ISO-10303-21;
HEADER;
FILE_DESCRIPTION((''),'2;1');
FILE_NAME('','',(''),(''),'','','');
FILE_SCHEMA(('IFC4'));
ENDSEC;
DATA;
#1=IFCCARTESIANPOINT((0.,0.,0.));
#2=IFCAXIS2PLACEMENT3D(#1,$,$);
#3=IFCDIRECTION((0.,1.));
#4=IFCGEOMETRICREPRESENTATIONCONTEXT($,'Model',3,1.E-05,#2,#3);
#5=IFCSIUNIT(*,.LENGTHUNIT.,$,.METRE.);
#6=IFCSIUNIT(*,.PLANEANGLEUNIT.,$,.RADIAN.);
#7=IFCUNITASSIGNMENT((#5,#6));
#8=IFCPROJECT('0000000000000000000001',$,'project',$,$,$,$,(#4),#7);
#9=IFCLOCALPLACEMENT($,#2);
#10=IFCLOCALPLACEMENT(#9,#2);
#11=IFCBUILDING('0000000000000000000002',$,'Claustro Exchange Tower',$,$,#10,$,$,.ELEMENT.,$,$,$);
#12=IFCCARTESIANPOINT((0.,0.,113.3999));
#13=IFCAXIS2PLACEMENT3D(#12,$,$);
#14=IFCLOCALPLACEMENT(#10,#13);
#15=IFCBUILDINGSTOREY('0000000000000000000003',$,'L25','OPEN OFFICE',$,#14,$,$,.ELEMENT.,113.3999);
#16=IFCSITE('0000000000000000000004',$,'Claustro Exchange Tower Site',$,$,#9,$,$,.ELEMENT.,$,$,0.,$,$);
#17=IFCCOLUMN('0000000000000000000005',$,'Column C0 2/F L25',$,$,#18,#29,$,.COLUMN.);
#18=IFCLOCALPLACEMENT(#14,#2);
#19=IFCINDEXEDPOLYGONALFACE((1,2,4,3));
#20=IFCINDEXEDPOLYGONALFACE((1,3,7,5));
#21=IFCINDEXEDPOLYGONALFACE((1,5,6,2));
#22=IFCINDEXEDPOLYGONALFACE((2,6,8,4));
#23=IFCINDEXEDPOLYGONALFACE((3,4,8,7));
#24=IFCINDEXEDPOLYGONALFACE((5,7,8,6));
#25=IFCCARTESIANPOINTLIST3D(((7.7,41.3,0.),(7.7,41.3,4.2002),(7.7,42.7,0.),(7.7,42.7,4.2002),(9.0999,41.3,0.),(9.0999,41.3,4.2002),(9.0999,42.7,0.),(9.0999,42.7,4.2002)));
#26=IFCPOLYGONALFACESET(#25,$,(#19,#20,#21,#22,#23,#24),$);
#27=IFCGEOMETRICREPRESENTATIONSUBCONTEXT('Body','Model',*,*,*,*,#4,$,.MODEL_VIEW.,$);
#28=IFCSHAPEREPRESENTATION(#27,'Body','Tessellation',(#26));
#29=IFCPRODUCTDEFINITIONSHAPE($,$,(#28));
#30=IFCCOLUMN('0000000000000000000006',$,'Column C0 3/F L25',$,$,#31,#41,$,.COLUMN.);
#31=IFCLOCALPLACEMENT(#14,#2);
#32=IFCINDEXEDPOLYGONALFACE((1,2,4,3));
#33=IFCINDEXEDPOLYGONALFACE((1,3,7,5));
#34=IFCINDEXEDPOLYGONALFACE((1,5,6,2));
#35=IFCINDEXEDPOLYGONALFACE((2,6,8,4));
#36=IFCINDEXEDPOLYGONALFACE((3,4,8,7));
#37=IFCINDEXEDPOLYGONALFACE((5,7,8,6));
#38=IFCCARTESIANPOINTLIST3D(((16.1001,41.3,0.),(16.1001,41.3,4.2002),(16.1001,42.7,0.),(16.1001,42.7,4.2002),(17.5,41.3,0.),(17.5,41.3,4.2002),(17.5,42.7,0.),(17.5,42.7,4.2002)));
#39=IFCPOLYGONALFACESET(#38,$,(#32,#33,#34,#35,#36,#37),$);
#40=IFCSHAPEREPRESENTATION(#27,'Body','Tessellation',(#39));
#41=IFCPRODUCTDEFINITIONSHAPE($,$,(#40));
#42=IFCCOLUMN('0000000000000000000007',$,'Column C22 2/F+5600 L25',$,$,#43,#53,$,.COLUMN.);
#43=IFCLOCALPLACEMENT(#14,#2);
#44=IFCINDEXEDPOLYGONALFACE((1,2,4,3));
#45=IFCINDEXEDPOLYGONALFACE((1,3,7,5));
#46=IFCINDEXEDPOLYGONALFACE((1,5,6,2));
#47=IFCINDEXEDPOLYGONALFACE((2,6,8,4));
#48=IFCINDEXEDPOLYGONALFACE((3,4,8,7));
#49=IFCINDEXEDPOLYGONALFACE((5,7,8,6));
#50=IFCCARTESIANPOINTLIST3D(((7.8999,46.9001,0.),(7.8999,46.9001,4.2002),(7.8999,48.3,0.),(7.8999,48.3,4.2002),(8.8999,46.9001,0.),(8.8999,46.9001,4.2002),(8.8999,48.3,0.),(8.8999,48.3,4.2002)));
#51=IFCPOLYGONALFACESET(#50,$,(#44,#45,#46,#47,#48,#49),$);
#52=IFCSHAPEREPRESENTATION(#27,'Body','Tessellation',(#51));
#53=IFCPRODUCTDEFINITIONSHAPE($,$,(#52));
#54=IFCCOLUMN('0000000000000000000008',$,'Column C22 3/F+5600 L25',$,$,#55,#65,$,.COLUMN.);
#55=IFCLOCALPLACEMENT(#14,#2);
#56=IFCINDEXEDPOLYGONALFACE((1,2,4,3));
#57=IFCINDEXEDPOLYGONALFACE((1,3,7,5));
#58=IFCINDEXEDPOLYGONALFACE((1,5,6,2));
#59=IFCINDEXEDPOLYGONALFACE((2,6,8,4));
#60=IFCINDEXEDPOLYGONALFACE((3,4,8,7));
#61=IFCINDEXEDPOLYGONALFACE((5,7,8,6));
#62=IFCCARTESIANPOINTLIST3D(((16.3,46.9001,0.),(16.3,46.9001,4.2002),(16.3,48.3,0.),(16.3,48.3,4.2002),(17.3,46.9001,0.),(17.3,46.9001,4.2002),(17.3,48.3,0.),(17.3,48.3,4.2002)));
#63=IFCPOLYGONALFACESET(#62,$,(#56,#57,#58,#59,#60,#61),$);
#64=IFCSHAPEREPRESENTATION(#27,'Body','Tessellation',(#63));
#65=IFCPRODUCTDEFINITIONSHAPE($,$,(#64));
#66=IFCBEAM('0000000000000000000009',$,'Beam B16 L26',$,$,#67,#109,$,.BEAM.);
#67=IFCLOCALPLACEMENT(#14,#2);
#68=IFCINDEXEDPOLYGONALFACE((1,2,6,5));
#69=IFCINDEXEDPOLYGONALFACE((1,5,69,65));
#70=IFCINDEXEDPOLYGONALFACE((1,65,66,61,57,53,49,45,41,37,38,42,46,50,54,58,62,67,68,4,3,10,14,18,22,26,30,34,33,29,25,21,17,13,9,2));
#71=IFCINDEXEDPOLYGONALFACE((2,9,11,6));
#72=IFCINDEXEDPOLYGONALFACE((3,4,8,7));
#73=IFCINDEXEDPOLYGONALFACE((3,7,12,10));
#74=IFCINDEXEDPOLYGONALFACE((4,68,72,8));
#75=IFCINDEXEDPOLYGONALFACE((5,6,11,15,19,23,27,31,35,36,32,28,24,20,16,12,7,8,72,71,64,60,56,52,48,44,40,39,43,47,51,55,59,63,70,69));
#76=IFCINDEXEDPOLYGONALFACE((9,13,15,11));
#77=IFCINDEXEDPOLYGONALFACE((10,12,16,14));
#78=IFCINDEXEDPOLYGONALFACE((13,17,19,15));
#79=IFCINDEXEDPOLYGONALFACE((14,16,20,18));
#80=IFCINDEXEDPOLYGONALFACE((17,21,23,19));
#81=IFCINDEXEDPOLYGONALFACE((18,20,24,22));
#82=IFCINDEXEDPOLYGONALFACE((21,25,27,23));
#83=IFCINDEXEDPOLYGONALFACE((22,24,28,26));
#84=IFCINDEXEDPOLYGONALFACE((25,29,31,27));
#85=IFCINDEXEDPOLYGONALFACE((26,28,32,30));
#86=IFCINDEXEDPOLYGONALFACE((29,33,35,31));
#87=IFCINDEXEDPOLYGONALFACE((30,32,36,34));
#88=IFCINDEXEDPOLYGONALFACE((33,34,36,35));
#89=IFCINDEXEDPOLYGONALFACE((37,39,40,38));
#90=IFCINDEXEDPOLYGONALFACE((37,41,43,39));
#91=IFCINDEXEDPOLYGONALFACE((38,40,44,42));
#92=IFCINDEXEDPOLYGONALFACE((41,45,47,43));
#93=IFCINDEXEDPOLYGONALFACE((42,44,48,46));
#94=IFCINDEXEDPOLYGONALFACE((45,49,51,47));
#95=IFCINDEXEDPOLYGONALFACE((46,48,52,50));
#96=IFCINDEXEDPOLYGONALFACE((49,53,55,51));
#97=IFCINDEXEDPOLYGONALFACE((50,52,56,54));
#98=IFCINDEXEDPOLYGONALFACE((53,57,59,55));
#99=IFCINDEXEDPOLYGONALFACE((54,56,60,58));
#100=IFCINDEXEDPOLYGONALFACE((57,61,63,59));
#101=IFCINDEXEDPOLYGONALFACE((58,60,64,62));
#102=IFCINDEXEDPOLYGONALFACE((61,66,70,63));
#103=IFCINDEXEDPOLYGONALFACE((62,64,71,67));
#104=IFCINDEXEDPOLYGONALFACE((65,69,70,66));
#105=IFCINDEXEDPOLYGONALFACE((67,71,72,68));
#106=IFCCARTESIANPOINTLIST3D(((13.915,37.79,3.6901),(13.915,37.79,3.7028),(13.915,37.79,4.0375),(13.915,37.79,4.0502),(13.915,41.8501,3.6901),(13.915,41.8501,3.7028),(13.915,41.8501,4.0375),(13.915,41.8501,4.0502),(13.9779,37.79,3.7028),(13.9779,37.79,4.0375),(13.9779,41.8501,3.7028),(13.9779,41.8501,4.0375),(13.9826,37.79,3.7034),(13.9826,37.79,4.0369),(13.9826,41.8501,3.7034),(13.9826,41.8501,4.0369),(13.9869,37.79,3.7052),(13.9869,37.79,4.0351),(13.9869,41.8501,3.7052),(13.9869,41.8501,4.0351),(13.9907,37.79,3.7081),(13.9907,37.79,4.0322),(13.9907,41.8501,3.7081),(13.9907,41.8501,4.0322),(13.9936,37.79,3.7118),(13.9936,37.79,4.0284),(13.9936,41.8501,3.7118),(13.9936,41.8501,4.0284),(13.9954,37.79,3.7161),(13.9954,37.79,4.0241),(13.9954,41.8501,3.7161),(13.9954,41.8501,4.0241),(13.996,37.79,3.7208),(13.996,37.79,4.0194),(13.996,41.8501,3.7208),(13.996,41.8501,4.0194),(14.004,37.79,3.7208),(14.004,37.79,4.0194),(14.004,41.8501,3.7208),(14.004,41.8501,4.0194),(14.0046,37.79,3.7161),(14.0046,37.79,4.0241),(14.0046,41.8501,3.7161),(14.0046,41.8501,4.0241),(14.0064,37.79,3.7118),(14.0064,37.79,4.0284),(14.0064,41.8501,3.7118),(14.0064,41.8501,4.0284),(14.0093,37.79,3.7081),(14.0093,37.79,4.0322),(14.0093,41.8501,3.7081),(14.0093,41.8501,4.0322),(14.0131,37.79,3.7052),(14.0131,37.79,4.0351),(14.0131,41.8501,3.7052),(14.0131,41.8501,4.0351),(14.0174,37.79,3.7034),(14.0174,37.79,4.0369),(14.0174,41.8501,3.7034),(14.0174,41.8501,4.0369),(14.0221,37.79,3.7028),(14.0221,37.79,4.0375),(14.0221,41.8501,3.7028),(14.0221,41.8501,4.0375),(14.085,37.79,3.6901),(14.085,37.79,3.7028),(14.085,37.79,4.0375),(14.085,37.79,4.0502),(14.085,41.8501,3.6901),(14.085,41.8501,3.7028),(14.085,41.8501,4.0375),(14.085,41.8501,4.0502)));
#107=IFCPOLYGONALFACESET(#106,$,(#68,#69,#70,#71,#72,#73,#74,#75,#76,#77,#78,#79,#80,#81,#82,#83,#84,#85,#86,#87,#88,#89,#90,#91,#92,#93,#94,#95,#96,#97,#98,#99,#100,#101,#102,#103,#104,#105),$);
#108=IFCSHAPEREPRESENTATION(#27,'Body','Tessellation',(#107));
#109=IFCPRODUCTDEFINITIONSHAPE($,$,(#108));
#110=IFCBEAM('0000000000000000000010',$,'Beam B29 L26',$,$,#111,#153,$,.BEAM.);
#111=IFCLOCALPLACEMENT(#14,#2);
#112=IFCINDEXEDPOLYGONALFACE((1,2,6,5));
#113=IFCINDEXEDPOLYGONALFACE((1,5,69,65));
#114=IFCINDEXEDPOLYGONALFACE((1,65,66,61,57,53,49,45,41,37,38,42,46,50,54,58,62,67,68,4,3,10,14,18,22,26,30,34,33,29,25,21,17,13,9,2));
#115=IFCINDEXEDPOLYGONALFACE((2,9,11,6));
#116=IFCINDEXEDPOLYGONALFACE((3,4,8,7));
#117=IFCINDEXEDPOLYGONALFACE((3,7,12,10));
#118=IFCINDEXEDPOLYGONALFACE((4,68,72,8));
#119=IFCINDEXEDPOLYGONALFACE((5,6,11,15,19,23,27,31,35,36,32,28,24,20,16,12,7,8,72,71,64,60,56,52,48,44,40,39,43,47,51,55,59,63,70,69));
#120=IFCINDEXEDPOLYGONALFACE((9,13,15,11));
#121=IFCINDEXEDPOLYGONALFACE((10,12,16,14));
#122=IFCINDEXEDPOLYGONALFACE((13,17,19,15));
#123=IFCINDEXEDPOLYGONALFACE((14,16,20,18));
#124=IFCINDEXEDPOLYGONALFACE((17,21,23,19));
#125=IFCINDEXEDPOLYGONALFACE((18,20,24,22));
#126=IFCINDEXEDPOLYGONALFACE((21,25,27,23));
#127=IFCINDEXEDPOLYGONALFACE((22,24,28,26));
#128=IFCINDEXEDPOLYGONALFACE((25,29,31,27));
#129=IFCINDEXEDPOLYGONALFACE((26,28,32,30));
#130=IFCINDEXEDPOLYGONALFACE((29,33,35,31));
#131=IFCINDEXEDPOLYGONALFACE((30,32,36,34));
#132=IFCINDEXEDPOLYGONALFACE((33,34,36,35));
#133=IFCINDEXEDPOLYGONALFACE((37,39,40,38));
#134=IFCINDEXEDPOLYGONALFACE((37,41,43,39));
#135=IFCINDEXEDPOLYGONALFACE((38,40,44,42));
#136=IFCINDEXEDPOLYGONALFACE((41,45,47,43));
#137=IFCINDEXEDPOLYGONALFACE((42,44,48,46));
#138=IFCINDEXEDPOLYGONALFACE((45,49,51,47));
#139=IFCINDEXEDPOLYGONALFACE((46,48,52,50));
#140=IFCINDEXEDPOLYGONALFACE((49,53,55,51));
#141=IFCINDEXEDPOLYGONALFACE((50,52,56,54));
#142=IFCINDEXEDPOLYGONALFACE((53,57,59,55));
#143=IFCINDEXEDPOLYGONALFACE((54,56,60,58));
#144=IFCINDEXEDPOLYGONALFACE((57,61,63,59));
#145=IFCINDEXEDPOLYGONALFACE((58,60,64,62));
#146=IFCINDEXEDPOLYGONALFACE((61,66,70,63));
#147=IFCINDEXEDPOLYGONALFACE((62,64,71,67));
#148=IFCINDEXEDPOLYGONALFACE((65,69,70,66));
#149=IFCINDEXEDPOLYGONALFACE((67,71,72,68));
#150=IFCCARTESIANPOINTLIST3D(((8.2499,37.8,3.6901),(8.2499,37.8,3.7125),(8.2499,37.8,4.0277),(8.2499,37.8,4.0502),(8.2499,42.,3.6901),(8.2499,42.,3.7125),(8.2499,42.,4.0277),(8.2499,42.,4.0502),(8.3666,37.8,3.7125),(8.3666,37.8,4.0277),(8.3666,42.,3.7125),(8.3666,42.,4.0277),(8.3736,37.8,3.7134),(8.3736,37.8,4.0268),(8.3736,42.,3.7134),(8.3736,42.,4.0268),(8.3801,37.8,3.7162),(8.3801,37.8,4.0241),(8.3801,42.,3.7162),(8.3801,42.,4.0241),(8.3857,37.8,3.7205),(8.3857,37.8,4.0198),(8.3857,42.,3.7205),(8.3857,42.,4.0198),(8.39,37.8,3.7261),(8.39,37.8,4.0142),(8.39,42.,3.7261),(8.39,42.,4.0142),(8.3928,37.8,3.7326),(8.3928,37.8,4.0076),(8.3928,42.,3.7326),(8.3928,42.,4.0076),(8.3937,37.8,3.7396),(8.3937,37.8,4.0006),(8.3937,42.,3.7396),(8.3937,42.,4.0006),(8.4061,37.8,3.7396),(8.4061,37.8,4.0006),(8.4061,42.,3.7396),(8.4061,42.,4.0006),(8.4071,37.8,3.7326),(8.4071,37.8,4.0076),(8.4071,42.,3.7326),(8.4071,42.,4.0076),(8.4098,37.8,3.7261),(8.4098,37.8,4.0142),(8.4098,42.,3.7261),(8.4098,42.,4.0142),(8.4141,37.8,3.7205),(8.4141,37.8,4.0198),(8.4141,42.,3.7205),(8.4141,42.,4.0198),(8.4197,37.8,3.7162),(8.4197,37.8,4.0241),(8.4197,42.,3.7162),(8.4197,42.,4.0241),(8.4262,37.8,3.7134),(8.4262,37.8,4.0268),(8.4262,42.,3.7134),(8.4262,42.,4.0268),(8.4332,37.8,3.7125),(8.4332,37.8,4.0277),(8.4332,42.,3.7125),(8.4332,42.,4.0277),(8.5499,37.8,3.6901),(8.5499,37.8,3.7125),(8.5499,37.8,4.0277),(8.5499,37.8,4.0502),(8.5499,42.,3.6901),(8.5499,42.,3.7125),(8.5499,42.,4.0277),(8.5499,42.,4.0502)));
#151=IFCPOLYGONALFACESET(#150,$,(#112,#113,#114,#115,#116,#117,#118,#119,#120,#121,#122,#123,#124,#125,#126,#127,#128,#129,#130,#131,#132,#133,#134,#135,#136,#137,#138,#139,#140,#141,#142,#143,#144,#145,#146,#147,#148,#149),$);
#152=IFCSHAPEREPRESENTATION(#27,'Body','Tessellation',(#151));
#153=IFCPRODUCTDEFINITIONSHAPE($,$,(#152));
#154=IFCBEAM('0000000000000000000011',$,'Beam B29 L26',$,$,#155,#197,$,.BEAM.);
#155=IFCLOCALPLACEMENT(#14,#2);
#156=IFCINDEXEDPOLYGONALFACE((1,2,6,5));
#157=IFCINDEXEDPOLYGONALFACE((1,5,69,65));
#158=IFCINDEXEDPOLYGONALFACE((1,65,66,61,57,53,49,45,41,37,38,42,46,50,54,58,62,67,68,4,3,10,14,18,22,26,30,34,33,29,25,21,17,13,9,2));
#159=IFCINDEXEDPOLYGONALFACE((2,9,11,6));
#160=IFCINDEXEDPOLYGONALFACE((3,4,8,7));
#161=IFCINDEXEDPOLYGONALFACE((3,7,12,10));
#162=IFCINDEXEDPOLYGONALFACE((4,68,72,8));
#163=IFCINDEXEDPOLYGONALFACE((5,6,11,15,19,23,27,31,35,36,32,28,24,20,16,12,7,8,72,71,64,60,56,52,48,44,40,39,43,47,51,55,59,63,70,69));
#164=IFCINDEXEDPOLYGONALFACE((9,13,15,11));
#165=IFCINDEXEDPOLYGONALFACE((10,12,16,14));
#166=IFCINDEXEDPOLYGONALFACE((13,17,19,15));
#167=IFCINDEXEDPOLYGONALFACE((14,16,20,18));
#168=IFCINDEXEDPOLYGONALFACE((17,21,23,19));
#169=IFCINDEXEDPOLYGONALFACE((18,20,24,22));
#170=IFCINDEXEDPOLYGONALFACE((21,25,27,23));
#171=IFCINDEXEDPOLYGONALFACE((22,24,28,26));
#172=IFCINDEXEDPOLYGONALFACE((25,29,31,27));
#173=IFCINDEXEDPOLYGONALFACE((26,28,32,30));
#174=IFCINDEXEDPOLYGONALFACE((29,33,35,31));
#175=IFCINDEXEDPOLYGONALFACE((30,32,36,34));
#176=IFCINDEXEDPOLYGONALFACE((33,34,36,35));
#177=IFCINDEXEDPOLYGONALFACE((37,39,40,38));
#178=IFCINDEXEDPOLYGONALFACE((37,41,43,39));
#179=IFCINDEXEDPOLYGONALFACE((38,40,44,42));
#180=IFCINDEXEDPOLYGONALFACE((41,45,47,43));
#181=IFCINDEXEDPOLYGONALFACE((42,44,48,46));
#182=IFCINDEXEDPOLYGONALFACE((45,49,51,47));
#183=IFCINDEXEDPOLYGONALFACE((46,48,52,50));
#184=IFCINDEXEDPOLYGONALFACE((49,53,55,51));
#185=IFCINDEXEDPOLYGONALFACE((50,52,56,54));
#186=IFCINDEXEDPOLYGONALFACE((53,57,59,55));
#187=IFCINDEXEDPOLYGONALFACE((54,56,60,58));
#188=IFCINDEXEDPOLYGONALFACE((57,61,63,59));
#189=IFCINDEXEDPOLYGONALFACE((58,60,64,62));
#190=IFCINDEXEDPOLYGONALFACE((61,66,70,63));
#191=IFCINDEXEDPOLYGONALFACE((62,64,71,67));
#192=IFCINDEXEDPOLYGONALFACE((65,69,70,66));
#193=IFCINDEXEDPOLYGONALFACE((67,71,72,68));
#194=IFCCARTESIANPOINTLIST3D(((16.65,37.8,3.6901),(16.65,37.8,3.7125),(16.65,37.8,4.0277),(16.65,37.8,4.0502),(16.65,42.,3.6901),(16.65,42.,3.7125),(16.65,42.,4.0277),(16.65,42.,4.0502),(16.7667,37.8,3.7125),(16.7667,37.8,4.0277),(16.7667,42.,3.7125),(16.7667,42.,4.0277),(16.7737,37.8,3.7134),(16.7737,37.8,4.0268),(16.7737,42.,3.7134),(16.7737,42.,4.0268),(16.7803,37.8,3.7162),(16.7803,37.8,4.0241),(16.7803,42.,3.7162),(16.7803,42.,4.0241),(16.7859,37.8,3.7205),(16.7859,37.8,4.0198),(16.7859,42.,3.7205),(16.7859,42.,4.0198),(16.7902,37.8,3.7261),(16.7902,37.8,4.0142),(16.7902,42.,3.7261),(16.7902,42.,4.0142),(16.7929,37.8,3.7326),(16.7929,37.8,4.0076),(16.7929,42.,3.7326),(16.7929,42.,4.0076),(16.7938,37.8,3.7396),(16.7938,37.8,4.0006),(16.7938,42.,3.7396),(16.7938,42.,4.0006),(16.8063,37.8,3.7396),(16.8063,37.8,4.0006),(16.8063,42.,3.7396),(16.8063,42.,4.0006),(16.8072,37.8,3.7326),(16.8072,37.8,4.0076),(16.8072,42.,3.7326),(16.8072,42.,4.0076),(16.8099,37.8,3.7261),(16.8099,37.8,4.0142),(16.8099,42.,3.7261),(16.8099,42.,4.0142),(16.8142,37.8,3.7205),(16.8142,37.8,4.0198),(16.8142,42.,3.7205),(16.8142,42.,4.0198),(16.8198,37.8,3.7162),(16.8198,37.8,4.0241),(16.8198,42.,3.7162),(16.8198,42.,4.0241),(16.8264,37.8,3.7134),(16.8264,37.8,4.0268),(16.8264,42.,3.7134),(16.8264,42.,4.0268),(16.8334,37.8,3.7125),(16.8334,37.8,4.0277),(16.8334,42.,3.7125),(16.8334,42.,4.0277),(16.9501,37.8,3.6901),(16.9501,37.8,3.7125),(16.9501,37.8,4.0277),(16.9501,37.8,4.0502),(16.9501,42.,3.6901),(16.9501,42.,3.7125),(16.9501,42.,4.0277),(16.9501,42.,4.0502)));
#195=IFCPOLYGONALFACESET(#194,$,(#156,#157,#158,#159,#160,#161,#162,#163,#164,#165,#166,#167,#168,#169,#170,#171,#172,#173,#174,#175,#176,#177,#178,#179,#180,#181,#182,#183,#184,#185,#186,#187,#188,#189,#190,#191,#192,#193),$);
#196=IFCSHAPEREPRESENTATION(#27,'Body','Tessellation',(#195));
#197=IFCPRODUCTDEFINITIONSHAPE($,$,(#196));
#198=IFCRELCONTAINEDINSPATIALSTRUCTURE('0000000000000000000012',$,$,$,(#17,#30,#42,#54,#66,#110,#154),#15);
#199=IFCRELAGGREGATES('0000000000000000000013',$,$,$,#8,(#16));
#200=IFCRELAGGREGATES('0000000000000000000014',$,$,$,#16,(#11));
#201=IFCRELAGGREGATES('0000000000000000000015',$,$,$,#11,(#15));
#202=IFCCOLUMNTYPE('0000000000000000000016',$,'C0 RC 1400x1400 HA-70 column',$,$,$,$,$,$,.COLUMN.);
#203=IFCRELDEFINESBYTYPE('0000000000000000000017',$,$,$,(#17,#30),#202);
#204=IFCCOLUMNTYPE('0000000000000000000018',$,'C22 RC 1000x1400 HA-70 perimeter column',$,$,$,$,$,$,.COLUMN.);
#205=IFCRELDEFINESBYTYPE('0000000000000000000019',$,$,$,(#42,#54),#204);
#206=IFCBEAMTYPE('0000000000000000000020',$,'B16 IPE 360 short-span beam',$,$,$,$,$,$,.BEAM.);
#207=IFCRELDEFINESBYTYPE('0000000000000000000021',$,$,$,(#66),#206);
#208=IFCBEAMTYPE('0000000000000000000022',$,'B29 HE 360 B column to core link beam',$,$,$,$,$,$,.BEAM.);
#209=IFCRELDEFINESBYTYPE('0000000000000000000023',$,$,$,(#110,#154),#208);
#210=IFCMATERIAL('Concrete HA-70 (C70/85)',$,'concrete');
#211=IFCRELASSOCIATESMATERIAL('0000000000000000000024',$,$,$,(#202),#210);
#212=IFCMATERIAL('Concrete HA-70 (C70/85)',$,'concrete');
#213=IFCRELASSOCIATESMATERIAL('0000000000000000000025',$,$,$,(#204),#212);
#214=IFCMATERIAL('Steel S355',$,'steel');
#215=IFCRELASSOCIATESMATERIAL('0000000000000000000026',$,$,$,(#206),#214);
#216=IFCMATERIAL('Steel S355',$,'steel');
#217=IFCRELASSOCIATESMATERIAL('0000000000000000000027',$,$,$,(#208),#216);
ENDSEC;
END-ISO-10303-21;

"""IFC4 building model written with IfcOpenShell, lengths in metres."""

from ifc_helpers import new_model, si_unit, direction, frame, origin, origin_2d, place, context, subcontext, project, spatial, rectangle, i_section, extrude, material, material_profile, profile_set, type_object, element, save


model = new_model("IFC4")

# Units and contexts
model_context = context("Model", 3, precision=1e-05, world=origin(), true_north=direction((0.0, 1.0)))
body_context = subcontext(model_context, "Body", "Model", "MODEL_VIEW")
ifc_project = project(units=[si_unit("LENGTHUNIT", "METRE"), si_unit("PLANEANGLEUNIT", "RADIAN")], contexts=[model_context])

# Site, building, storey
site_placement = place(None, origin())
site = spatial("IfcSite", under=ifc_project, at=site_placement, Name="Claustro Exchange Tower Site", CompositionType="ELEMENT", RefElevation=0.0)
building_placement = place(site_placement, origin())
building = spatial("IfcBuilding", under=site, at=building_placement, Name="Claustro Exchange Tower", CompositionType="ELEMENT")
storey_placement = place(building_placement, frame((0.0, 0.0, 113.3999)))
storey = spatial("IfcBuildingStorey", under=building, at=storey_placement, Name="L25", Description="OPEN OFFICE", CompositionType="ELEMENT", Elevation=113.3999)

# Columns
ifc_material_1 = material(Name="Concrete HA-70 (C70/85)", Category="concrete")
ifc_material_profile_1 = material_profile(ifc_material_1, rectangle(XDim=1.3999, YDim=1.3999, at=origin_2d()), Name="RC 1400x1400")
ifc_profile_set_1 = profile_set([ifc_material_profile_1], Name="Concrete HA-70 (C70/85)")
column_type_1 = type_object("IfcColumnType", Name="C0 RC 1400x1400 HA-70 column", PredefinedType="COLUMN", material=ifc_profile_set_1)
for number, where, z_axis, x_axis, name in (
    (1, (8.3999, 42.0, 0.0), (0.0, 0.0, 1.0), (1.0, 0.0, 0.0), "Column C0 2/F L25"),
    (2, (16.8, 42.0, 0.0), (0.0, 0.0, 1.0), (1.0, 0.0, 0.0), "Column C0 3/F L25"),
):
    element("IfcColumn", number, at=place(storey_placement, frame(where, z_axis=z_axis, x_axis=x_axis)), inside=storey, type_object=column_type_1, Name=name, PredefinedType="COLUMN", context=body_context, shape_type="SweptSolid", body=[
        extrude(rectangle(XDim=1.3999, YDim=1.3999, at=origin_2d()), origin(), (0.0, 0.0, 1.0), 4.2002),
    ])
ifc_material_2 = material(Name="Concrete HA-70 (C70/85)", Category="concrete")
ifc_material_profile_2 = material_profile(ifc_material_2, rectangle(XDim=1.0, YDim=1.3999, at=origin_2d()), Name="RC 1000x1400")
ifc_profile_set_2 = profile_set([ifc_material_profile_2], Name="Concrete HA-70 (C70/85)")
column_type_2 = type_object("IfcColumnType", Name="C22 RC 1000x1400 HA-70 perimeter column", PredefinedType="COLUMN", material=ifc_profile_set_2)
for number, where, z_axis, x_axis, name in (
    (3, (8.3999, 47.6001, 0.0), (0.0, 0.0, 1.0), (1.0, 0.0, 0.0), "Column C22 2/F+5600 L25"),
    (4, (16.8, 47.6001, 0.0), (0.0, 0.0, 1.0), (1.0, 0.0, 0.0), "Column C22 3/F+5600 L25"),
):
    element("IfcColumn", number, at=place(storey_placement, frame(where, z_axis=z_axis, x_axis=x_axis)), inside=storey, type_object=column_type_2, Name=name, PredefinedType="COLUMN", context=body_context, shape_type="SweptSolid", body=[
        extrude(rectangle(XDim=1.0, YDim=1.3999, at=origin_2d()), origin(), (0.0, 0.0, 1.0), 4.2002),
    ])

# Beams
ifc_material_3 = material(Name="Steel S355", Category="steel")
ifc_material_profile_3 = material_profile(ifc_material_3, i_section(OverallWidth=0.1699, OverallDepth=0.3601, WebThickness=0.0081, FlangeThickness=0.0127, FilletRadius=0.0181, at=origin_2d()), Name="IPE 360")
ifc_profile_set_3 = profile_set([ifc_material_profile_3], Name="Steel S355")
beam_type_1 = type_object("IfcBeamType", Name="B16 IPE 360 short-span beam", PredefinedType="BEAM", material=ifc_profile_set_3)
beam_1_placement = place(storey_placement, frame((14.0, 37.79, 3.8701), z_axis=(0.0, 1.0, 0.0), x_axis=(-1.0, 0.0, 0.0)))
element("IfcBeam", 5, at=beam_1_placement, inside=storey, type_object=beam_type_1, Name="Beam B16 L26", PredefinedType="BEAM", context=body_context, shape_type="SweptSolid", body=[
    extrude(i_section(OverallWidth=0.1699, OverallDepth=0.3601, WebThickness=0.0081, FlangeThickness=0.0127, FilletRadius=0.0181, at=origin_2d()), origin(), (0.0, 0.0, 1.0), 4.0601),
])
ifc_material_4 = material(Name="Steel S355", Category="steel")
ifc_material_profile_4 = material_profile(ifc_material_4, i_section(OverallWidth=0.3, OverallDepth=0.3601, WebThickness=0.0125, FlangeThickness=0.0225, FilletRadius=0.0271, at=origin_2d()), Name="HE 360 B")
ifc_profile_set_4 = profile_set([ifc_material_profile_4], Name="Steel S355")
beam_type_2 = type_object("IfcBeamType", Name="B29 HE 360 B column to core link beam", PredefinedType="BEAM", material=ifc_profile_set_4)
for number, where, z_axis, x_axis, name in (
    (6, (8.3999, 37.8, 3.8701), (0.0, 1.0, 0.0), (-1.0, 0.0, 0.0), "Beam B29 L26"),
    (7, (16.8, 37.8, 3.8701), (0.0, 1.0, 0.0), (-1.0, 0.0, 0.0), "Beam B29 L26"),
):
    element("IfcBeam", number, at=place(storey_placement, frame(where, z_axis=z_axis, x_axis=x_axis)), inside=storey, type_object=beam_type_2, Name=name, PredefinedType="BEAM", context=body_context, shape_type="SweptSolid", body=[
        extrude(i_section(OverallWidth=0.3, OverallDepth=0.3601, WebThickness=0.0125, FlangeThickness=0.0225, FilletRadius=0.0271, at=origin_2d()), origin(), (0.0, 0.0, 1.0), 4.2),
    ])

save(model, "model.ifc")
